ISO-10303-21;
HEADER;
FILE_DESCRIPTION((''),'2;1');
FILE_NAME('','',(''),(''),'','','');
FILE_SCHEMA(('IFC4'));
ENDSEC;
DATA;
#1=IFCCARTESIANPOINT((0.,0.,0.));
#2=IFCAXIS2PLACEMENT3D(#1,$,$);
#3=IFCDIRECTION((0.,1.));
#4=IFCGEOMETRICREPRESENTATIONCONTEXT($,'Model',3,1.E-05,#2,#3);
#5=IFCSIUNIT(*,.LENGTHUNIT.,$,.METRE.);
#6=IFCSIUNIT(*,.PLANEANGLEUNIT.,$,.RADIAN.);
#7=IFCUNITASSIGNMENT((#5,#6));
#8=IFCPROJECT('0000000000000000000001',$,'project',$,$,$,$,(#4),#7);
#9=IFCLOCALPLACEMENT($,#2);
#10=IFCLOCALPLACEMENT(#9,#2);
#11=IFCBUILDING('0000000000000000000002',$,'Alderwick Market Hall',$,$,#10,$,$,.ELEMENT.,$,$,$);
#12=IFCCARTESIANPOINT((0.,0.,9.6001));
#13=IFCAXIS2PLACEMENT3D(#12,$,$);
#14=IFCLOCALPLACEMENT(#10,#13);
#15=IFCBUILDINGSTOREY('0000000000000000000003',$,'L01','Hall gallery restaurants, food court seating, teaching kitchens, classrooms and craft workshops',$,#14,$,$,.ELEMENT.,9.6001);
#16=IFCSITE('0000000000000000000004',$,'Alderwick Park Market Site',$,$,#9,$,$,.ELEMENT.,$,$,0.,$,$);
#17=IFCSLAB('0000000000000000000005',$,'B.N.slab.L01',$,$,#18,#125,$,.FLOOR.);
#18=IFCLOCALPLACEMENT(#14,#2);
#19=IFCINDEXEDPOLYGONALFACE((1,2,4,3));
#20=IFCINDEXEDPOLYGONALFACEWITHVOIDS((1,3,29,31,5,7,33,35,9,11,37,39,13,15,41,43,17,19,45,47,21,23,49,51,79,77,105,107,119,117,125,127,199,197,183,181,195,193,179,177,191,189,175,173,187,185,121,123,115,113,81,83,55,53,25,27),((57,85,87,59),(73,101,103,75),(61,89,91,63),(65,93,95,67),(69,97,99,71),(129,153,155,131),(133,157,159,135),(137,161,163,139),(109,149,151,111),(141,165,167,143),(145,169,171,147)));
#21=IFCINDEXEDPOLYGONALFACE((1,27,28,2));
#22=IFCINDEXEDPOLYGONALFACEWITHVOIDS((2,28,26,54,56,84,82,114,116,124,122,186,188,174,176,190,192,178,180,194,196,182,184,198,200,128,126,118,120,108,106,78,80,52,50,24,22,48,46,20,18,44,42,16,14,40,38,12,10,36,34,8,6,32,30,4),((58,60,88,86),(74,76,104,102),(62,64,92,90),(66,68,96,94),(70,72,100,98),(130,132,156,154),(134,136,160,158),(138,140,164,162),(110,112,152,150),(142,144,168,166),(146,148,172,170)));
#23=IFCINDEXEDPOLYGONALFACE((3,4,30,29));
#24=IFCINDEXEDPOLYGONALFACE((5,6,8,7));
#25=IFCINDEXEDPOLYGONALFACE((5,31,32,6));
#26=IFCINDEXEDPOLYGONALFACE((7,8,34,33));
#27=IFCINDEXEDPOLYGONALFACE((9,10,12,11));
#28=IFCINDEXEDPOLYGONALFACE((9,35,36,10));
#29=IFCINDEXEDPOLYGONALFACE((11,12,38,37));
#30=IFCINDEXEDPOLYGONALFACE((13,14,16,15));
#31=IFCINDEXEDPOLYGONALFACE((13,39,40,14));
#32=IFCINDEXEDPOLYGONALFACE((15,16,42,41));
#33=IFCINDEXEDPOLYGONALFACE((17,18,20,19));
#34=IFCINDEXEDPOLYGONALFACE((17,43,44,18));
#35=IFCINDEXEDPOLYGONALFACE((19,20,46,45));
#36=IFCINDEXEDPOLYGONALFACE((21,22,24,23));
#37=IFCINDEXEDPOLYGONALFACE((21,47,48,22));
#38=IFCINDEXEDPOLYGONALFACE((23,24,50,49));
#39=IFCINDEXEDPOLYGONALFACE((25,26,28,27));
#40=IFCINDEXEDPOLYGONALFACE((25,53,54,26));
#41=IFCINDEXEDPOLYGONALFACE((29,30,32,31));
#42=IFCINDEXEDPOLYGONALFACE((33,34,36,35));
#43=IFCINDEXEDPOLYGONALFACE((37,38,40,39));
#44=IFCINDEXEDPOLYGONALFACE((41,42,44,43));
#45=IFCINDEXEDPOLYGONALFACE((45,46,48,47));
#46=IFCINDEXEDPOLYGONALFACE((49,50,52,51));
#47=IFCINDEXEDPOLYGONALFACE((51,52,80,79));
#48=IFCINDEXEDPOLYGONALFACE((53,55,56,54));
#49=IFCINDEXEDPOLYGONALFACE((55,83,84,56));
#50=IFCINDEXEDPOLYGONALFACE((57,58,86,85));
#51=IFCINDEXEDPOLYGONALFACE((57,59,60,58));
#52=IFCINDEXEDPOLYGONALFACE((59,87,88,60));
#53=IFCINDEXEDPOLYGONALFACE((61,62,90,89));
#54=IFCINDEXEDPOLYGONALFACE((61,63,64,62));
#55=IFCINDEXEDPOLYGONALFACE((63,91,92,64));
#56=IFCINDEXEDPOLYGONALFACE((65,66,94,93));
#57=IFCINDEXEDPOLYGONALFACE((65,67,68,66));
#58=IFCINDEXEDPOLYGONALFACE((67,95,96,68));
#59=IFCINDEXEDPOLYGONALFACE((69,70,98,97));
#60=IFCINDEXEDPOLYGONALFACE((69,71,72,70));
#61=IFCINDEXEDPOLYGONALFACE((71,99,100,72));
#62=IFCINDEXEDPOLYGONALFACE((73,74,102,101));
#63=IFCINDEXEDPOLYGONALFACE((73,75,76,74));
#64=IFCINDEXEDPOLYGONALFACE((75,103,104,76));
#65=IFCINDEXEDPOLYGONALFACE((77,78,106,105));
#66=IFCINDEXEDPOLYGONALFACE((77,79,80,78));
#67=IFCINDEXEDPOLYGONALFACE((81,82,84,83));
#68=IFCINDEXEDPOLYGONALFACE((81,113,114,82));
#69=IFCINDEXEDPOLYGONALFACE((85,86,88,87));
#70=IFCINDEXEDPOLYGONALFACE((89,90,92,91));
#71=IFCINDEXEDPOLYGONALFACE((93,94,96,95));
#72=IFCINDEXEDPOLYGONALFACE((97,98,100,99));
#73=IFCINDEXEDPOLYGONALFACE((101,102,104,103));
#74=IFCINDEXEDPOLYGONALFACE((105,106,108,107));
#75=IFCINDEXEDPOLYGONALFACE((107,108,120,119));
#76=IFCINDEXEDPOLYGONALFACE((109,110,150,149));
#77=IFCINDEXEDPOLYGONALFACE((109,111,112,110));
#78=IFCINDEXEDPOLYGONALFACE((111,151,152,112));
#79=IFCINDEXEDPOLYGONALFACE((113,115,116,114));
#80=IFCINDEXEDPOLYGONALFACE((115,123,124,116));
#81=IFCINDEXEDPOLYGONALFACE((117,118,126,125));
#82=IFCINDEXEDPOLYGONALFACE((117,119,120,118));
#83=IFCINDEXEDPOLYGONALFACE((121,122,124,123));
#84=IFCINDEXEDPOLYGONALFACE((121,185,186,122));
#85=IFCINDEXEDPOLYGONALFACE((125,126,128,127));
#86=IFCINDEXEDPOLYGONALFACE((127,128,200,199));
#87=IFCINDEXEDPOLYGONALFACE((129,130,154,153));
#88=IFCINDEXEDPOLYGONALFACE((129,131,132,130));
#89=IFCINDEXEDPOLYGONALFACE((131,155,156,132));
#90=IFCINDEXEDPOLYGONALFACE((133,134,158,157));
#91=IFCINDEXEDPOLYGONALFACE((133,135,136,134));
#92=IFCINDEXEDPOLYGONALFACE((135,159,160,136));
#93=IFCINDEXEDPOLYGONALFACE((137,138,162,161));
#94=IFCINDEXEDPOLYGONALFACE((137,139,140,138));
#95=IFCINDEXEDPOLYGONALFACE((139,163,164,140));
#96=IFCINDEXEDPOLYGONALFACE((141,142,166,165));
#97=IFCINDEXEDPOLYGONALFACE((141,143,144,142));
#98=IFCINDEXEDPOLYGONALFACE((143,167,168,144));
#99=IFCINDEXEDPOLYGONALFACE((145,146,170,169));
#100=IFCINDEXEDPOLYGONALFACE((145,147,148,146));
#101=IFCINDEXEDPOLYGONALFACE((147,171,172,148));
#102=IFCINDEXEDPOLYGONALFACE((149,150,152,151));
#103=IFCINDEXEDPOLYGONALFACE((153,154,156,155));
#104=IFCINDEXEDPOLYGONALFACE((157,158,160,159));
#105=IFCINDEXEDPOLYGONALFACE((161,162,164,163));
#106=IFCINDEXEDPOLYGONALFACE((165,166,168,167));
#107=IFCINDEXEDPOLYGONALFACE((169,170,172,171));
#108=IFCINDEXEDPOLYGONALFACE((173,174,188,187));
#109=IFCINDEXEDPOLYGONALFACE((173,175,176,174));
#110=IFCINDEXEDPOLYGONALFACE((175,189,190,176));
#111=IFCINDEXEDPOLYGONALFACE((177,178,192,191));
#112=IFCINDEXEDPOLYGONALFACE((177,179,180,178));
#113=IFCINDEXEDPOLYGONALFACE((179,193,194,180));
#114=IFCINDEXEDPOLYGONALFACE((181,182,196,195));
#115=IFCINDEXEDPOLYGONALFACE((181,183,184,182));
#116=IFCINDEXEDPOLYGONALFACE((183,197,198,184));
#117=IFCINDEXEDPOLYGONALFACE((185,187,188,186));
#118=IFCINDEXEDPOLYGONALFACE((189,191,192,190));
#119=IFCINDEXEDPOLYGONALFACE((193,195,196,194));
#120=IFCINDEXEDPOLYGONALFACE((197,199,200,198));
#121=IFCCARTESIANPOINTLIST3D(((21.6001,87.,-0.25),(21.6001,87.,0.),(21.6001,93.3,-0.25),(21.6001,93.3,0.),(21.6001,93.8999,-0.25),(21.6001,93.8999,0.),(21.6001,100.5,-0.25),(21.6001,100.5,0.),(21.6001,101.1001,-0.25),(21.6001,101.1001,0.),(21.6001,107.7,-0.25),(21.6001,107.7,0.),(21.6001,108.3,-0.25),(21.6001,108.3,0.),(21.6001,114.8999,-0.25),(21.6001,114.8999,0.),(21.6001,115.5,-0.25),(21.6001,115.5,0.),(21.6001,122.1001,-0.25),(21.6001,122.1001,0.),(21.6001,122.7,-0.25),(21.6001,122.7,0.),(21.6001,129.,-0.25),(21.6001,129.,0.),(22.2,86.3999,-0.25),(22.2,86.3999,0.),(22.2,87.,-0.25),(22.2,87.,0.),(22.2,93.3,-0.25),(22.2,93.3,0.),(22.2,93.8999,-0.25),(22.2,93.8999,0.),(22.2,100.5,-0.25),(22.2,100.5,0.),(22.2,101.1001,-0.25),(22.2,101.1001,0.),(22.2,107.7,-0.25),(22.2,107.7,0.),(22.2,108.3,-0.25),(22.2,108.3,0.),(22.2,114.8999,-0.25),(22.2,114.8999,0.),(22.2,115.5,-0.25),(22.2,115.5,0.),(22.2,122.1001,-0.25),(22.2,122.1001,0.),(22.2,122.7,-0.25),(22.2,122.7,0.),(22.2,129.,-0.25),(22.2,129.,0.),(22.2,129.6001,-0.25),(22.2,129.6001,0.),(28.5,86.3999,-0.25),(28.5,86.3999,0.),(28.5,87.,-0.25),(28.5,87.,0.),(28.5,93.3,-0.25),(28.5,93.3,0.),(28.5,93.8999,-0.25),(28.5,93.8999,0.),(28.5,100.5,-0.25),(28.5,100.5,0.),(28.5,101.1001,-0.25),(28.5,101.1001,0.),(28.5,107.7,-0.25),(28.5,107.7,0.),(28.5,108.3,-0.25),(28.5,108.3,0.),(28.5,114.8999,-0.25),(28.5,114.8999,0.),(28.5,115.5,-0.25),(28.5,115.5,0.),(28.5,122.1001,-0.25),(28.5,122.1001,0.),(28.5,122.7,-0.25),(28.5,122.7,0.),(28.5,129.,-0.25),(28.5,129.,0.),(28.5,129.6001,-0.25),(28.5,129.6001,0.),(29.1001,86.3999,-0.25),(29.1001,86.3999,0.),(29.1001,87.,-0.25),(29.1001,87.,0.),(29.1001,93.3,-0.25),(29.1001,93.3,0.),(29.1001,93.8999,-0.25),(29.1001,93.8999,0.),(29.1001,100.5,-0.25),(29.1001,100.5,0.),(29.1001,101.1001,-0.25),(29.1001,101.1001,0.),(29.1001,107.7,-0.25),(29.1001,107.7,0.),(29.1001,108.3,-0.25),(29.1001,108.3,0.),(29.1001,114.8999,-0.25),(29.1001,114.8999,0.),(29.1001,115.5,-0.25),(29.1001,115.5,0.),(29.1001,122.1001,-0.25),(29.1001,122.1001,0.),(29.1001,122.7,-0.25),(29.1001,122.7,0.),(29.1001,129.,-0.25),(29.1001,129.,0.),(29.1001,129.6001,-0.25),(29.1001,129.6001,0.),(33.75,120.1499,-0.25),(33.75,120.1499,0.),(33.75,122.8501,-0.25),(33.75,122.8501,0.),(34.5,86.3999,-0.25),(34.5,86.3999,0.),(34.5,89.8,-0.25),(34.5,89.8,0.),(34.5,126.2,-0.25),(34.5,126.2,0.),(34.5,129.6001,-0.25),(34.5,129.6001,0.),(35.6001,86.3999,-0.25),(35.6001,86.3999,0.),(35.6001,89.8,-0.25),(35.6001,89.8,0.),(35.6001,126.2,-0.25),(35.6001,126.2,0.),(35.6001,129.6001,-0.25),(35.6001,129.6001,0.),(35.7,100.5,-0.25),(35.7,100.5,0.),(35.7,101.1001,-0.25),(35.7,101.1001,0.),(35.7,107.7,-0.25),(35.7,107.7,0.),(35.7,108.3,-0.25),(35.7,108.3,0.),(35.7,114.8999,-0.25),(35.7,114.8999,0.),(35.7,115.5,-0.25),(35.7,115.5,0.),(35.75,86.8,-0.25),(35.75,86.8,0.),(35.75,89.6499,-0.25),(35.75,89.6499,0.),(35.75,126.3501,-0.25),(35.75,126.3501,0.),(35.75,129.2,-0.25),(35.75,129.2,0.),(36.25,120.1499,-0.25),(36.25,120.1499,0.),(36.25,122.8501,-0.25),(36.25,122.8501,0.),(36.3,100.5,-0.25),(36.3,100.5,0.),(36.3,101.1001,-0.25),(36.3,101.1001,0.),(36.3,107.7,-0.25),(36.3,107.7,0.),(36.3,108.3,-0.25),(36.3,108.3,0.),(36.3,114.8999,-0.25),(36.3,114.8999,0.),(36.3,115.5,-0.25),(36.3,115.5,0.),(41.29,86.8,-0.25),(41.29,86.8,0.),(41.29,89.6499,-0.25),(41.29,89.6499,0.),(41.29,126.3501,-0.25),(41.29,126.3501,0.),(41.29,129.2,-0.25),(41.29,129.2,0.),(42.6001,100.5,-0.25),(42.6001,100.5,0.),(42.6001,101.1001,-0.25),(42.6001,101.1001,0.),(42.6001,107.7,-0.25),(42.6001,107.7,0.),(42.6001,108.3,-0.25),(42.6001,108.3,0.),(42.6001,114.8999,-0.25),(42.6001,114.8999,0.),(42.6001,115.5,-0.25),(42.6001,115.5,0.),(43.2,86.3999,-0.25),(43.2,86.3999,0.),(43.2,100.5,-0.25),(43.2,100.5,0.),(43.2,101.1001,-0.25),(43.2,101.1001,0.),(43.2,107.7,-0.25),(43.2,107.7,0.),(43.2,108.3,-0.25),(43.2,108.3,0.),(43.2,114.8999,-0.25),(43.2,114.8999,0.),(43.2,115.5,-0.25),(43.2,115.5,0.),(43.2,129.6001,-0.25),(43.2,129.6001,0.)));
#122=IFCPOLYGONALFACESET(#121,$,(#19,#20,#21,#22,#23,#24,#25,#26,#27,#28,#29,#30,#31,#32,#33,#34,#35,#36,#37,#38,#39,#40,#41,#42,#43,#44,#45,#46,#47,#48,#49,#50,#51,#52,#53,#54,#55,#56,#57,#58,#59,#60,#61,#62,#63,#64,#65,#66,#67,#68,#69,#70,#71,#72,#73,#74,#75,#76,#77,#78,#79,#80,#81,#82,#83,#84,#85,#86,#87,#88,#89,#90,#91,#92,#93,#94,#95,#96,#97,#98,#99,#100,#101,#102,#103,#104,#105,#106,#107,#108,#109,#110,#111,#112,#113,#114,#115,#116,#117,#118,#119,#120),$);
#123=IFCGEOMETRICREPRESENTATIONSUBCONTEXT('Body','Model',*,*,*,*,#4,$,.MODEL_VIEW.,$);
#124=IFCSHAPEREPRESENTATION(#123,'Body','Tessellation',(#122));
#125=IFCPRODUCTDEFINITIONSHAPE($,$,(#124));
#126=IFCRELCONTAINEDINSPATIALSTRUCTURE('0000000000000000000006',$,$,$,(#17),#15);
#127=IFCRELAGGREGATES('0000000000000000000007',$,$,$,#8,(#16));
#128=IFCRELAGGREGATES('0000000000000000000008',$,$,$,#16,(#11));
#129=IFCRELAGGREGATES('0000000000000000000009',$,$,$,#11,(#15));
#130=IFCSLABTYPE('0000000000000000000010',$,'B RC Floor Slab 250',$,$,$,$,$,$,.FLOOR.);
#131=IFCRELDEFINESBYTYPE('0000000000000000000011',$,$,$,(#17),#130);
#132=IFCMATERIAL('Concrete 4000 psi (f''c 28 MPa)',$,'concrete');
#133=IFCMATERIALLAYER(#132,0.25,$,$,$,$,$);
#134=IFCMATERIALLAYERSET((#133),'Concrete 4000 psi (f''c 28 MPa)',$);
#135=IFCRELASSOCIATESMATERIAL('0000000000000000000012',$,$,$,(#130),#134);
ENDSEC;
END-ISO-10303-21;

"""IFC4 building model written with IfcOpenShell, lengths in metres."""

from ifc_helpers import new_model, si_unit, direction, frame, origin, place, context, subcontext, project, spatial, polyline, outline, extrude, material, layer, layer_set, type_object, element, save


model = new_model("IFC4")

# Units and contexts
model_context = context("Model", 3, precision=1e-05, world=origin(), true_north=direction((0.0, 1.0)))
body_context = subcontext(model_context, "Body", "Model", "MODEL_VIEW")
ifc_project = project(units=[si_unit("LENGTHUNIT", "METRE"), si_unit("PLANEANGLEUNIT", "RADIAN")], contexts=[model_context])

# Site, building, storey
site_placement = place(None, origin())
site = spatial("IfcSite", under=ifc_project, at=site_placement, Name="Alderwick Park Market Site", CompositionType="ELEMENT", RefElevation=0.0)
building_placement = place(site_placement, origin())
building = spatial("IfcBuilding", under=site, at=building_placement, Name="Alderwick Market Hall", CompositionType="ELEMENT")
storey_placement = place(building_placement, frame((0.0, 0.0, 9.6001)))
storey = spatial("IfcBuildingStorey", under=building, at=storey_placement, Name="L01", Description="Hall gallery restaurants, food court seating, teaching kitchens, classrooms and craft workshops", CompositionType="ELEMENT", Elevation=9.6001)

# Slab
ifc_material_1 = material(Name="Concrete 4000 psi (f'c 28 MPa)", Category="concrete")
ifc_layer_1 = layer(ifc_material_1, 0.25)
ifc_layer_set_1 = layer_set([ifc_layer_1], Name="Concrete 4000 psi (f'c 28 MPa)")
slab_type_1 = type_object("IfcSlabType", Name="B RC Floor Slab 250", PredefinedType="FLOOR", material=ifc_layer_set_1)
slab_1_placement = place(storey_placement, frame((0.0, 0.0, -0.25)))
element("IfcSlab", 1, at=slab_1_placement, inside=storey, type_object=slab_type_1, Name="B.N.slab.L01", PredefinedType="FLOOR", context=body_context, shape_type="SweptSolid", body=[
    extrude(outline(polyline([(35.6001, 126.2), (35.6001, 129.6001), (43.2, 129.6001), (43.2, 115.5), (42.6001, 115.5), (42.6001, 114.8999), (43.2, 114.8999), (43.2, 108.3), (42.6001, 108.3), (42.6001, 107.7), (43.2, 107.7), (43.2, 101.1001), (42.6001, 101.1001), (42.6001, 100.5), (43.2, 100.5), (43.2, 86.3999), (35.6001, 86.3999), (35.6001, 89.8), (34.5, 89.8), (34.5, 86.3999), (29.1001, 86.3999), (29.1001, 87.0), (28.5, 87.0), (28.5, 86.3999), (22.2, 86.3999), (22.2, 87.0), (21.6001, 87.0), (21.6001, 93.3), (22.2, 93.3), (22.2, 93.8999), (21.6001, 93.8999), (21.6001, 100.5), (22.2, 100.5), (22.2, 101.1001), (21.6001, 101.1001), (21.6001, 107.7), (22.2, 107.7), (22.2, 108.3), (21.6001, 108.3), (21.6001, 114.8999), (22.2, 114.8999), (22.2, 115.5), (21.6001, 115.5), (21.6001, 122.1001), (22.2, 122.1001), (22.2, 122.7), (21.6001, 122.7), (21.6001, 129.0), (22.2, 129.0), (22.2, 129.6001), (28.5, 129.6001), (28.5, 129.0), (29.1001, 129.0), (29.1001, 129.6001), (34.5, 129.6001), (34.5, 126.2), (35.6001, 126.2)]), holes=[polyline([(29.1001, 122.7), (28.5, 122.7), (28.5, 122.1001), (29.1001, 122.1001), (29.1001, 122.7)]), polyline([(29.1001, 114.8999), (29.1001, 115.5), (28.5, 115.5), (28.5, 114.8999), (29.1001, 114.8999)]), polyline([(28.5, 107.7), (29.1001, 107.7), (29.1001, 108.3), (28.5, 108.3), (28.5, 107.7)]), polyline([(28.5, 101.1001), (28.5, 100.5), (29.1001, 100.5), (29.1001, 101.1001), (28.5, 101.1001)]), polyline([(29.1001, 93.8999), (28.5, 93.8999), (28.5, 93.3), (29.1001, 93.3), (29.1001, 93.8999)]), polyline([(35.7, 114.8999), (36.3, 114.8999), (36.3, 115.5), (35.7, 115.5), (35.7, 114.8999)]), polyline([(35.7, 108.3), (35.7, 107.7), (36.3, 107.7), (36.3, 108.3), (35.7, 108.3)]), polyline([(36.3, 101.1001), (35.7, 101.1001), (35.7, 100.5), (36.3, 100.5), (36.3, 101.1001)]), polyline([(41.29, 129.2), (35.75, 129.2), (35.75, 126.3501), (41.29, 126.3501), (41.29, 129.2)]), polyline([(36.25, 120.1499), (36.25, 122.8501), (33.75, 122.8501), (33.75, 120.1499), (36.25, 120.1499)]), polyline([(35.75, 89.6499), (35.75, 86.8), (41.29, 86.8), (41.29, 89.6499), (35.75, 89.6499)])]), origin(), (0.0, 0.0, 1.0), 0.25),
])

save(model, "model.ifc")
